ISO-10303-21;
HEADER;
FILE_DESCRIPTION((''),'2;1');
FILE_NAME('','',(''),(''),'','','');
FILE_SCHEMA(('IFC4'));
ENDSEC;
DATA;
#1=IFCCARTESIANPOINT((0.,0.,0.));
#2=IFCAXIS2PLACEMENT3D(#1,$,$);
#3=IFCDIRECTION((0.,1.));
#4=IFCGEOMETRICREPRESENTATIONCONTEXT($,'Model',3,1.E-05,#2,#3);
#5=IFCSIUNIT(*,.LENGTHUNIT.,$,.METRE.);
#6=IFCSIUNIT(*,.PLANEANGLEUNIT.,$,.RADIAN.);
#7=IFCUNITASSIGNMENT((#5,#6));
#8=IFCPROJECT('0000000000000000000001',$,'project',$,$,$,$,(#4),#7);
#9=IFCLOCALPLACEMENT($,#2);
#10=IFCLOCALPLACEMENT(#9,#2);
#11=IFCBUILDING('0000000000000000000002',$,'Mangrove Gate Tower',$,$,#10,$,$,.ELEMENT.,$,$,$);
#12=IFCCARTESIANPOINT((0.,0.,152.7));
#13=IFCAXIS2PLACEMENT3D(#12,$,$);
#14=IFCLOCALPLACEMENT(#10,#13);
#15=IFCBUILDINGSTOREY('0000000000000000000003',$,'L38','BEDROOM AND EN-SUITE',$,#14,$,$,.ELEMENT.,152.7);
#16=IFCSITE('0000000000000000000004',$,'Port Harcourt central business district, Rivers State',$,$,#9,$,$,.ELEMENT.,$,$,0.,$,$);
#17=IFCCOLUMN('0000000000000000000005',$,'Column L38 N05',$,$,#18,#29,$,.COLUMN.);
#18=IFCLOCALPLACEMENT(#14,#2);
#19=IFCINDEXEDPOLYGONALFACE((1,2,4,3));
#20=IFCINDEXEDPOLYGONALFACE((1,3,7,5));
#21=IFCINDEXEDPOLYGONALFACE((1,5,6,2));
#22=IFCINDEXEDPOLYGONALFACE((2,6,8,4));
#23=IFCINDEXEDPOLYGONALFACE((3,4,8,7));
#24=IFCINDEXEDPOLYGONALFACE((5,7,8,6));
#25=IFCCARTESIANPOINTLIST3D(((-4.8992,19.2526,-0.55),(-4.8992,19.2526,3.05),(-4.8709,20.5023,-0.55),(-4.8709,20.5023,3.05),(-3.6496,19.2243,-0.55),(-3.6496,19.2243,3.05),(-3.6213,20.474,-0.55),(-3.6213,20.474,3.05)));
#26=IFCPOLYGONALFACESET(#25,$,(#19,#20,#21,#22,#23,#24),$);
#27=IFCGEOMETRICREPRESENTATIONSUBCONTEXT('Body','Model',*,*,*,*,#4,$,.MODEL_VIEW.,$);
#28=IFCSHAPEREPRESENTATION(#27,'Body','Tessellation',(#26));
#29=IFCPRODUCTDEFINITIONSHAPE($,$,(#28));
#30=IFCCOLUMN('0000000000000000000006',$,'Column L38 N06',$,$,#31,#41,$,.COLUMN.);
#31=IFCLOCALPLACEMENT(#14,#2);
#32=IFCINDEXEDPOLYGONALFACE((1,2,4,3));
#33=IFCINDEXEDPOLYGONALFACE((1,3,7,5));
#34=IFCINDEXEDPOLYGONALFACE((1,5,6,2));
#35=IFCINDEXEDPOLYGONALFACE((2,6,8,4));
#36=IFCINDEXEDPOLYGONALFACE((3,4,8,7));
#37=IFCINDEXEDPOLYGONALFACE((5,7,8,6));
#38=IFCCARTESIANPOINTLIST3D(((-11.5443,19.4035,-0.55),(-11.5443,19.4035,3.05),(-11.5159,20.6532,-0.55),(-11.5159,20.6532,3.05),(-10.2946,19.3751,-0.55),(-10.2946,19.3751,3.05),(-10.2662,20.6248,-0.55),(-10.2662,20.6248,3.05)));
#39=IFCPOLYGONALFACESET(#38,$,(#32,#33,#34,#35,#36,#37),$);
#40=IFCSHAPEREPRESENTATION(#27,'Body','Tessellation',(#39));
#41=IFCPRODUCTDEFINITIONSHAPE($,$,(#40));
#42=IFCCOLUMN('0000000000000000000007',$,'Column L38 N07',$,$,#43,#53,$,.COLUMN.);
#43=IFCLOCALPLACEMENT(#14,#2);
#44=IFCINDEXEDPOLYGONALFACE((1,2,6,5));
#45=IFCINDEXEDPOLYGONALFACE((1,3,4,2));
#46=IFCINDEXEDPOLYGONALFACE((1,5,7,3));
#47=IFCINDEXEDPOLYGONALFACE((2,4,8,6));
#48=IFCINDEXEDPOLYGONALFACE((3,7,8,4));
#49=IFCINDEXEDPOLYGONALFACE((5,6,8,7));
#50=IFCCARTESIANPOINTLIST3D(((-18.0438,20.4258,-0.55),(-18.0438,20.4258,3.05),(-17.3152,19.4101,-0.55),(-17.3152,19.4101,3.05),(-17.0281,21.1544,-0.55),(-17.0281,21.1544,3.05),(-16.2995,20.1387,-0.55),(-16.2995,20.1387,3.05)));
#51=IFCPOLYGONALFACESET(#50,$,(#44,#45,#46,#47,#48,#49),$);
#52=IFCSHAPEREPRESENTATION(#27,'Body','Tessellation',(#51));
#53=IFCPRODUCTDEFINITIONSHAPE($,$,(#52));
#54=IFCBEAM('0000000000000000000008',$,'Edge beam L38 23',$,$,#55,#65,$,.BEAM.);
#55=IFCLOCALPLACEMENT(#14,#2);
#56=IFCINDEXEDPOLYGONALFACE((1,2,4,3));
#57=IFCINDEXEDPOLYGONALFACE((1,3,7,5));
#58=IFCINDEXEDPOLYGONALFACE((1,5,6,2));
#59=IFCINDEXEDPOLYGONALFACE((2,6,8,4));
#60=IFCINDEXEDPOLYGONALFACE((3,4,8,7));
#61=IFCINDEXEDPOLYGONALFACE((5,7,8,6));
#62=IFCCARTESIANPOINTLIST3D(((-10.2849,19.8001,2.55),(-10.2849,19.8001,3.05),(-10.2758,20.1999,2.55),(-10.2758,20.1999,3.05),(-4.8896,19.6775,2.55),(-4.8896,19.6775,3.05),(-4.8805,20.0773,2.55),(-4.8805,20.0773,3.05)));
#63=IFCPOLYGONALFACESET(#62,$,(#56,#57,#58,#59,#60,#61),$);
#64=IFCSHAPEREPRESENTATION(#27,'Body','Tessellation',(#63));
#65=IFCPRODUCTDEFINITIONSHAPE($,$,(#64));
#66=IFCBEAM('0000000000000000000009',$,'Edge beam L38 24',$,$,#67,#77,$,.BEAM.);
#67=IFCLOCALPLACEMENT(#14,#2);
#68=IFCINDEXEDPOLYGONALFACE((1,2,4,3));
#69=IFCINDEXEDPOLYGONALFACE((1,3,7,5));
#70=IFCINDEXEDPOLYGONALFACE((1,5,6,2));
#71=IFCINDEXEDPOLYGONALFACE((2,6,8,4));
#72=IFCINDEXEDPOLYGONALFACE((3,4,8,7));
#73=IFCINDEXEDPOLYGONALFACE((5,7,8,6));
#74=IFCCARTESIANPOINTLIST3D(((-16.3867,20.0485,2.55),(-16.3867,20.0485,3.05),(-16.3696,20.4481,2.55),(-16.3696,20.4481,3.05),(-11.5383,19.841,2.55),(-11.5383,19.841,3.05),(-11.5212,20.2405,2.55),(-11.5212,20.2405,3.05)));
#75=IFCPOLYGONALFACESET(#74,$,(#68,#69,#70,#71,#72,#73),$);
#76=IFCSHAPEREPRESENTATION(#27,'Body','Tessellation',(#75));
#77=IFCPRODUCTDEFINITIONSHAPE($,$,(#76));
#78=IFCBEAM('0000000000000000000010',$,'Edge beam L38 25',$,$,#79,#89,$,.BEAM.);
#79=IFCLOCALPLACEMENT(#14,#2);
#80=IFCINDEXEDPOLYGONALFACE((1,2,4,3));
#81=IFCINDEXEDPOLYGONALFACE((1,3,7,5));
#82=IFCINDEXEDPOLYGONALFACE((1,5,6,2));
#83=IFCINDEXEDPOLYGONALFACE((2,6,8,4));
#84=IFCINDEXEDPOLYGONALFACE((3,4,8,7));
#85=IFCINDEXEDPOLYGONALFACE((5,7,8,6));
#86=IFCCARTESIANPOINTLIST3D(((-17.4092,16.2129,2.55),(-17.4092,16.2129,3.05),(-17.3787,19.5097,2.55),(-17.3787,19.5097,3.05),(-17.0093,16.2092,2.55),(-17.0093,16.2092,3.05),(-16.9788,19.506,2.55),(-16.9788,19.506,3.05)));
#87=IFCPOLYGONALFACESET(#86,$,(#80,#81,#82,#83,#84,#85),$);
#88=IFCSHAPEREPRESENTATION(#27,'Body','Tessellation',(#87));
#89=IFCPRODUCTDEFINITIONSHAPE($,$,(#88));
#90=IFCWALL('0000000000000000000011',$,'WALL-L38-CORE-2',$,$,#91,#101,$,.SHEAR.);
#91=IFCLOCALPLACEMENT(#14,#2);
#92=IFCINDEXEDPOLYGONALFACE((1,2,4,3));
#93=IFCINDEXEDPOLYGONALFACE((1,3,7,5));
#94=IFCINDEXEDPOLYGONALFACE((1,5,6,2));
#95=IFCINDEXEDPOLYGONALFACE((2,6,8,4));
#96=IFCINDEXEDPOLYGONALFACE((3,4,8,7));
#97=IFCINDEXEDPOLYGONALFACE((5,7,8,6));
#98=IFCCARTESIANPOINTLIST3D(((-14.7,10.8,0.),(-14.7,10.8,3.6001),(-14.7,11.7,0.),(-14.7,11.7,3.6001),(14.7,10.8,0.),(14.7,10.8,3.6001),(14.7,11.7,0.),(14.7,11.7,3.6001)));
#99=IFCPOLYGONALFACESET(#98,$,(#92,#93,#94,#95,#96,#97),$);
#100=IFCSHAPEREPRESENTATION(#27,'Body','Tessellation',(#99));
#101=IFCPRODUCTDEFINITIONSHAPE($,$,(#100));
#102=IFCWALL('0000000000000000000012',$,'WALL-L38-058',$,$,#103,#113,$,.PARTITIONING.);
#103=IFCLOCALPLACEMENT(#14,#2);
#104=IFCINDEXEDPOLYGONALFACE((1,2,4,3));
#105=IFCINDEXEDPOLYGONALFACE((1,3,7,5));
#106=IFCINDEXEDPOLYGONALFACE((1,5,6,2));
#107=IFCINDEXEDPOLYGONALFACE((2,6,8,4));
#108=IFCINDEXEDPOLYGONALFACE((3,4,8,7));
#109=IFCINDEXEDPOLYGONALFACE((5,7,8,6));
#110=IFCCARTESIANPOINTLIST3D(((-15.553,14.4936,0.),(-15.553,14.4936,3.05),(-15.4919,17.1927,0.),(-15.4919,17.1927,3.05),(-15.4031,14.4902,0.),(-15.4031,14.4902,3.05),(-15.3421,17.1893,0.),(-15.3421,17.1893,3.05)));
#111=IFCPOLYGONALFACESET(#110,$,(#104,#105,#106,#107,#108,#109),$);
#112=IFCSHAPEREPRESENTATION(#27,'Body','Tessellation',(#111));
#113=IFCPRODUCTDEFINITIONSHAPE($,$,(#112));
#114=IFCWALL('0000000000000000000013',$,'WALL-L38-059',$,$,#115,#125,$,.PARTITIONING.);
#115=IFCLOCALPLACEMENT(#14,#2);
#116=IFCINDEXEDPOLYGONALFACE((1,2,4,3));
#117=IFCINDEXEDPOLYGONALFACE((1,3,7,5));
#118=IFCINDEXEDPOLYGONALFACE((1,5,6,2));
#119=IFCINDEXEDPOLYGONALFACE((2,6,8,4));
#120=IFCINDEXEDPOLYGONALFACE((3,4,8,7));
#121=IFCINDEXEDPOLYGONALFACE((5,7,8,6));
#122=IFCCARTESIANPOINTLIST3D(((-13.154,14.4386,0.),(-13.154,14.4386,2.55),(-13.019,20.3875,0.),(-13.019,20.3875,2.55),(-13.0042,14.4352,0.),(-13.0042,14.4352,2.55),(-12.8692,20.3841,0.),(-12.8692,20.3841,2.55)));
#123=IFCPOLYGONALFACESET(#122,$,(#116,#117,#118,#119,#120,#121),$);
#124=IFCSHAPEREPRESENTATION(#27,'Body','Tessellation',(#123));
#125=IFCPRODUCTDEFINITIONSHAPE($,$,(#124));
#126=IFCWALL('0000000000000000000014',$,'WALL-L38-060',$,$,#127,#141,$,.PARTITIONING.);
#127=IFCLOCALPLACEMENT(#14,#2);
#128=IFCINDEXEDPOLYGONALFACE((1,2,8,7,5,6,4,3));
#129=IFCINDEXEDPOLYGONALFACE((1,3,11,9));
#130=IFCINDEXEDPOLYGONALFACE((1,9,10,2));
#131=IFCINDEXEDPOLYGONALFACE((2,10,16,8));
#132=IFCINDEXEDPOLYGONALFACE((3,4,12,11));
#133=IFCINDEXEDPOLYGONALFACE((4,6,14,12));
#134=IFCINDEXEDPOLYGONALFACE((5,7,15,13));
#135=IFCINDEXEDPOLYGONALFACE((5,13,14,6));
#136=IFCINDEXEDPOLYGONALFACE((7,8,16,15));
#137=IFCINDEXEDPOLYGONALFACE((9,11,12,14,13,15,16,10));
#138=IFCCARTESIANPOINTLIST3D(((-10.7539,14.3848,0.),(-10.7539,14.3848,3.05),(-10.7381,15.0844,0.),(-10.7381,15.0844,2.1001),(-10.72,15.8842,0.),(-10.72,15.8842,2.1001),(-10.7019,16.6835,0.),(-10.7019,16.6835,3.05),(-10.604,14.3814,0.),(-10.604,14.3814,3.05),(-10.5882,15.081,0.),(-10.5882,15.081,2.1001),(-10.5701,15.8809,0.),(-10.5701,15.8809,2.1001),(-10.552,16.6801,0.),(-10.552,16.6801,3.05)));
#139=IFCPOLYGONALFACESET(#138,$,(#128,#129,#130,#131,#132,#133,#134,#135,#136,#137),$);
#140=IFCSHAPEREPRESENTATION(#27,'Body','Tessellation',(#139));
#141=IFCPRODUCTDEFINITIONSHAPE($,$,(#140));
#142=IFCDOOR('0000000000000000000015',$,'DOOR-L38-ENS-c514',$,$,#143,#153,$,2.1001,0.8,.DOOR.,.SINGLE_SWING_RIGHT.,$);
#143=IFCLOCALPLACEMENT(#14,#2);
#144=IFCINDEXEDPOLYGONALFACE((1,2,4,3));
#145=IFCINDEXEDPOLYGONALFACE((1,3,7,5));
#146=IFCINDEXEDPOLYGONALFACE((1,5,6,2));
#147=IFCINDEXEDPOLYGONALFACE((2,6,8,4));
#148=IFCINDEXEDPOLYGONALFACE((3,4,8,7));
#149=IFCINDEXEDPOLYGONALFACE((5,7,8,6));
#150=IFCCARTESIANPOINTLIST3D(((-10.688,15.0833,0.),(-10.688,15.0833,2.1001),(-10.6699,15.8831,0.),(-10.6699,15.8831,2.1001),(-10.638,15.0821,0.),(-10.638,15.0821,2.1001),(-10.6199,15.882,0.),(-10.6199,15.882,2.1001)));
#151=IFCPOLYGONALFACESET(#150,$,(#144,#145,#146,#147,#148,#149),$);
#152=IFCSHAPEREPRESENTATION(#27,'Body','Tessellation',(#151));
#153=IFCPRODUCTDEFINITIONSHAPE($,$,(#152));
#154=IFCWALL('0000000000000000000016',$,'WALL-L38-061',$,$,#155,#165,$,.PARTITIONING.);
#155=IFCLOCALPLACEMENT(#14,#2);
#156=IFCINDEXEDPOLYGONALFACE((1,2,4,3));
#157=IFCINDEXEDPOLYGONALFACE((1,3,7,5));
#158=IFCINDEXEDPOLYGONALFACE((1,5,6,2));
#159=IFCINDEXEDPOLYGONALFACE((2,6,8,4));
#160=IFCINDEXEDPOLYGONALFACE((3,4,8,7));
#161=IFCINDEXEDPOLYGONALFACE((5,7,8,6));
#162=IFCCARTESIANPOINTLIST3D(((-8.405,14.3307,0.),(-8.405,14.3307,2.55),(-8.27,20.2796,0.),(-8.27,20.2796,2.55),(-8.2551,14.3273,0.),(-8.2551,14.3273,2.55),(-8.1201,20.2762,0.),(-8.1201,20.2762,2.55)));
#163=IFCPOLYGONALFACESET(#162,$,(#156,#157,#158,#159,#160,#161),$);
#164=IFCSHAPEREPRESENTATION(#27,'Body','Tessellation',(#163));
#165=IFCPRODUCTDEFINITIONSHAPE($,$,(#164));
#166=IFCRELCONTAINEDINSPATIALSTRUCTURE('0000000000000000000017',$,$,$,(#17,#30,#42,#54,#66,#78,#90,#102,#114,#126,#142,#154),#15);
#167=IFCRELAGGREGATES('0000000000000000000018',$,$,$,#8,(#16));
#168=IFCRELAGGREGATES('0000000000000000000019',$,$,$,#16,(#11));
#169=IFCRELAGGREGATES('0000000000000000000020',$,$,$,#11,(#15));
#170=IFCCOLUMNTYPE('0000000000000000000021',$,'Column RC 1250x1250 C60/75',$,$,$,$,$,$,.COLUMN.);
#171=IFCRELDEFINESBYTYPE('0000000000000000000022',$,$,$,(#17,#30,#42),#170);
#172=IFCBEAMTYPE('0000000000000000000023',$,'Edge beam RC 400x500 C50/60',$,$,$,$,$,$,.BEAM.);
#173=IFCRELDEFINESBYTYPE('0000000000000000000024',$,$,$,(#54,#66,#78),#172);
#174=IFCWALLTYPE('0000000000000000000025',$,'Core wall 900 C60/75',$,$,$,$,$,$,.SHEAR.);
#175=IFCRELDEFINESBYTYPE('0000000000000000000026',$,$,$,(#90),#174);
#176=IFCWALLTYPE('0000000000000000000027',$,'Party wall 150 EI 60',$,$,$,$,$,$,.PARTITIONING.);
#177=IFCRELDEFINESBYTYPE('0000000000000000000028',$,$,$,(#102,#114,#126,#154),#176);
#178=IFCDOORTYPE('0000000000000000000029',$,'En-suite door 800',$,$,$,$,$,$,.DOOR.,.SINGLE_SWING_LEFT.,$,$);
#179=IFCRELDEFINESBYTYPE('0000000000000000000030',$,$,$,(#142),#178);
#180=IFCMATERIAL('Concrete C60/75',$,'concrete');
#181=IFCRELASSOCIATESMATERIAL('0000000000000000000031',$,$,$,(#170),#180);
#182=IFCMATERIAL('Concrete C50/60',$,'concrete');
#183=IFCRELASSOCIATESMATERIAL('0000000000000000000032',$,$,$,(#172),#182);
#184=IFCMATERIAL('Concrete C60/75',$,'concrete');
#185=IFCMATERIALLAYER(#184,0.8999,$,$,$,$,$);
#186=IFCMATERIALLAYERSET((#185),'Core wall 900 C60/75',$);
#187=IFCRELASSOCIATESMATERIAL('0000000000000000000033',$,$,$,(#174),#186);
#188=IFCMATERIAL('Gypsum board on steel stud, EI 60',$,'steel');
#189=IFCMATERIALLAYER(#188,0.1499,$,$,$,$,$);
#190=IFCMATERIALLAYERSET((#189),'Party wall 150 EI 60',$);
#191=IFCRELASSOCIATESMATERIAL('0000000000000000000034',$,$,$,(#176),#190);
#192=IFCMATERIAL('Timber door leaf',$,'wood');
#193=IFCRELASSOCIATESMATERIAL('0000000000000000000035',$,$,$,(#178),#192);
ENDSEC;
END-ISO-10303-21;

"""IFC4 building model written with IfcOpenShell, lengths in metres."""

from ifc_helpers import new_model, si_unit, direction, frame, frame_2d, origin, origin_2d, place, context, subcontext, project, spatial, rectangle, extrude, material, layer, layer_set, material_profile, profile_set, type_object, element, fill, save


model = new_model("IFC4")

# Units and contexts
model_context = context("Model", 3, precision=1e-05, world=origin(), true_north=direction((0.0, 1.0)))
body_context = subcontext(model_context, "Body", "Model", "MODEL_VIEW")
ifc_project = project(units=[si_unit("LENGTHUNIT", "METRE"), si_unit("PLANEANGLEUNIT", "RADIAN")], contexts=[model_context])

# Site, building, storey
site_placement = place(None, origin())
site = spatial("IfcSite", under=ifc_project, at=site_placement, Name="Port Harcourt central business district, Rivers State", CompositionType="ELEMENT", RefElevation=0.0)
building_placement = place(site_placement, origin())
building = spatial("IfcBuilding", under=site, at=building_placement, Name="Mangrove Gate Tower", CompositionType="ELEMENT")
storey_placement = place(building_placement, frame((0.0, 0.0, 152.7)))
storey = spatial("IfcBuildingStorey", under=building, at=storey_placement, Name="L38", Description="BEDROOM AND EN-SUITE", CompositionType="ELEMENT", Elevation=152.7)

# Columns
ifc_material_1 = material(Name="Concrete C60/75", Category="concrete")
ifc_material_profile_1 = material_profile(ifc_material_1, rectangle(XDim=1.25, YDim=1.25, at=origin_2d()))
ifc_profile_set_1 = profile_set([ifc_material_profile_1], Name="Concrete C60/75")
column_type = type_object("IfcColumnType", Name="Column RC 1250x1250 C60/75", PredefinedType="COLUMN", material=ifc_profile_set_1)
for number, where, z_axis, x_axis, name in (
    (1, (-4.2603, 19.8633, -0.55), (0.0, 0.0, 1.0), (-0.999744, 0.022643, 0.0), "Column L38 N05"),
    (2, (-10.9053, 20.0142, -0.55), (0.0, 0.0, 1.0), (-0.999742, 0.022718, 0.0), "Column L38 N06"),
    (3, (-17.1716, 20.2822, -0.55), (0.0, 0.0, 1.0), (-0.812546, -0.582898, 0.0), "Column L38 N07"),
):
    element("IfcColumn", number, at=place(storey_placement, frame(where, z_axis=z_axis, x_axis=x_axis)), inside=storey, type_object=column_type, Name=name, PredefinedType="COLUMN", context=body_context, shape_type="SweptSolid", body=[
        extrude(rectangle(XDim=1.25, YDim=1.25, at=origin_2d()), origin(), (0.0, 0.0, 1.0), 3.6001),
    ])

# Beams
ifc_material_2 = material(Name="Concrete C50/60", Category="concrete")
ifc_material_profile_2 = material_profile(ifc_material_2, rectangle(XDim=0.3999, YDim=0.5, at=origin_2d()))
ifc_profile_set_2 = profile_set([ifc_material_profile_2], Name="Concrete C50/60")
beam_type = type_object("IfcBeamType", Name="Edge beam RC 400x500 C50/60", PredefinedType="BEAM", material=ifc_profile_set_2)
beam_1_placement = place(storey_placement, frame((-4.885, 19.8774, 2.8), z_axis=(-0.999742, 0.02271, 0.0), x_axis=(-0.02271, -0.999742, 0.0)))
element("IfcBeam", 4, at=beam_1_placement, inside=storey, type_object=beam_type, Name="Edge beam L38 23", PredefinedType="BEAM", context=body_context, shape_type="SweptSolid", body=[
    extrude(rectangle(XDim=0.3999, YDim=0.5, at=origin_2d()), origin(), (0.0, 0.0, 1.0), 5.3967),
])
beam_2_placement = place(storey_placement, frame((-11.5298, 20.0408, 2.8), z_axis=(-0.999085, 0.042763, 0.0), x_axis=(-0.042763, -0.999085, 0.0)))
element("IfcBeam", 5, at=beam_2_placement, inside=storey, type_object=beam_type, Name="Edge beam L38 24", PredefinedType="BEAM", context=body_context, shape_type="SweptSolid", body=[
    extrude(rectangle(XDim=0.3999, YDim=0.5, at=origin_2d()), origin(), (0.0, 0.0, 1.0), 4.8528),
])
beam_3_placement = place(storey_placement, frame((-17.1787, 19.5078, 2.8), z_axis=(-0.009257, -0.999957, 0.0), x_axis=(0.999957, -0.009257, 0.0)))
element("IfcBeam", 6, at=beam_3_placement, inside=storey, type_object=beam_type, Name="Edge beam L38 25", PredefinedType="BEAM", context=body_context, shape_type="SweptSolid", body=[
    extrude(rectangle(XDim=0.3999, YDim=0.5, at=origin_2d()), origin(), (0.0, 0.0, 1.0), 3.2969),
])

# Walls
ifc_material_3 = material(Name="Concrete C60/75", Category="concrete")
ifc_layer_1 = layer(ifc_material_3, 0.8999)
ifc_layer_set_1 = layer_set([ifc_layer_1], Name="Core wall 900 C60/75")
wall_type_1 = type_object("IfcWallType", Name="Core wall 900 C60/75", PredefinedType="SHEAR", material=ifc_layer_set_1)
wall_1_placement = place(storey_placement, frame((-14.7, 11.25, 0.0), z_axis=(0.0, 0.0, 1.0), x_axis=(1.0, 0.0, 0.0)))
element("IfcWall", 7, at=wall_1_placement, inside=storey, type_object=wall_type_1, Name="WALL-L38-CORE-2", PredefinedType="SHEAR", context=body_context, shape_type="SweptSolid", body=[
    extrude(rectangle(XDim=29.3999, YDim=0.8999, at=frame_2d((14.7, 0.0))), origin(), (0.0, 0.0, 1.0), 3.6001),
])
ifc_material_4 = material(Name="Gypsum board on steel stud, EI 60", Category="steel")
ifc_layer_2 = layer(ifc_material_4, 0.1499)
ifc_layer_set_2 = layer_set([ifc_layer_2], Name="Party wall 150 EI 60")
wall_type_2 = type_object("IfcWallType", Name="Party wall 150 EI 60", PredefinedType="PARTITIONING", material=ifc_layer_set_2)
wall_2_placement = place(storey_placement, frame((-15.478, 14.4919, 0.0), z_axis=(0.0, 0.0, 1.0), x_axis=(0.022608, 0.999744, 0.0)))
element("IfcWall", 8, at=wall_2_placement, inside=storey, type_object=wall_type_2, Name="WALL-L38-058", PredefinedType="PARTITIONING", context=body_context, shape_type="SweptSolid", body=[
    extrude(rectangle(XDim=2.6997, YDim=0.1499, at=frame_2d((1.3499, 0.0))), origin(), (0.0, 0.0, 1.0), 3.05),
])
wall_3_placement = place(storey_placement, frame((-13.0791, 14.437, 0.0), z_axis=(0.0, 0.0, 1.0), x_axis=(0.022689, 0.999743, 0.0)))
element("IfcWall", 9, at=wall_3_placement, inside=storey, type_object=wall_type_2, Name="WALL-L38-059", PredefinedType="PARTITIONING", context=body_context, shape_type="SweptSolid", body=[
    extrude(rectangle(XDim=5.9504, YDim=0.1499, at=frame_2d((2.9751, 0.0))), origin(), (0.0, 0.0, 1.0), 2.55),
])

# Wall, opening, door
wall_4_placement = place(storey_placement, frame((-10.679, 14.3831, 0.0), z_axis=(0.0, 0.0, 1.0), x_axis=(0.022615, 0.999744, 0.0)))
wall_4 = element("IfcWall", 10, at=wall_4_placement, inside=storey, type_object=wall_type_2, Name="WALL-L38-060", PredefinedType="PARTITIONING", context=body_context, shape_type="SweptSolid", body=[
    extrude(rectangle(XDim=2.2993, YDim=0.1499, at=frame_2d((1.1497, 0.0))), origin(), (0.0, 0.0, 1.0), 3.05),
])
opening_1_placement = place(wall_4_placement, frame((0.7, 0.0, 0.0)))
opening_1 = element("IfcOpeningElement", 11, at=opening_1_placement, cuts=wall_4, PredefinedType="OPENING", context=body_context, shape_type="SweptSolid", body=[
    extrude(rectangle(XDim=0.8, YDim=2.1001, at=frame_2d((0.3999, 1.05))), frame((0.0, 0.085, 0.0), z_axis=(0.0, -1.0, 0.0), x_axis=(1.0, 0.0, 0.0)), (0.0, 0.0, 1.0), 0.1699),
])
ifc_material_5 = material(Name="Timber door leaf", Category="wood")
door_type = type_object("IfcDoorType", Name="En-suite door 800", OperationType="SINGLE_SWING_LEFT", PredefinedType="DOOR", material=ifc_material_5)
door_1_placement = place(opening_1_placement, origin())
door_1 = element("IfcDoor", 12, at=door_1_placement, inside=storey, type_object=door_type, Name="DOOR-L38-ENS-c514", OperationType="SINGLE_SWING_RIGHT", OverallHeight=2.1001, OverallWidth=0.8, PredefinedType="DOOR", context=body_context, shape_type="SweptSolid", body=[
    extrude(rectangle(XDim=0.8, YDim=2.1001, at=frame_2d((0.3999, 1.05))), frame((0.0, 0.0249, 0.0), z_axis=(0.0, -1.0, 0.0), x_axis=(1.0, 0.0, 0.0)), (0.0, 0.0, 1.0), 0.05),
])
fill(opening_1, door_1)

# Wall
wall_5_placement = place(storey_placement, frame((-8.3301, 14.3291, 0.0), z_axis=(0.0, 0.0, 1.0), x_axis=(0.022689, 0.999743, 0.0)))
element("IfcWall", 13, at=wall_5_placement, inside=storey, type_object=wall_type_2, Name="WALL-L38-061", PredefinedType="PARTITIONING", context=body_context, shape_type="SweptSolid", body=[
    extrude(rectangle(XDim=5.9504, YDim=0.1499, at=frame_2d((2.9751, 0.0))), origin(), (0.0, 0.0, 1.0), 2.55),
])

save(model, "model.ifc")
